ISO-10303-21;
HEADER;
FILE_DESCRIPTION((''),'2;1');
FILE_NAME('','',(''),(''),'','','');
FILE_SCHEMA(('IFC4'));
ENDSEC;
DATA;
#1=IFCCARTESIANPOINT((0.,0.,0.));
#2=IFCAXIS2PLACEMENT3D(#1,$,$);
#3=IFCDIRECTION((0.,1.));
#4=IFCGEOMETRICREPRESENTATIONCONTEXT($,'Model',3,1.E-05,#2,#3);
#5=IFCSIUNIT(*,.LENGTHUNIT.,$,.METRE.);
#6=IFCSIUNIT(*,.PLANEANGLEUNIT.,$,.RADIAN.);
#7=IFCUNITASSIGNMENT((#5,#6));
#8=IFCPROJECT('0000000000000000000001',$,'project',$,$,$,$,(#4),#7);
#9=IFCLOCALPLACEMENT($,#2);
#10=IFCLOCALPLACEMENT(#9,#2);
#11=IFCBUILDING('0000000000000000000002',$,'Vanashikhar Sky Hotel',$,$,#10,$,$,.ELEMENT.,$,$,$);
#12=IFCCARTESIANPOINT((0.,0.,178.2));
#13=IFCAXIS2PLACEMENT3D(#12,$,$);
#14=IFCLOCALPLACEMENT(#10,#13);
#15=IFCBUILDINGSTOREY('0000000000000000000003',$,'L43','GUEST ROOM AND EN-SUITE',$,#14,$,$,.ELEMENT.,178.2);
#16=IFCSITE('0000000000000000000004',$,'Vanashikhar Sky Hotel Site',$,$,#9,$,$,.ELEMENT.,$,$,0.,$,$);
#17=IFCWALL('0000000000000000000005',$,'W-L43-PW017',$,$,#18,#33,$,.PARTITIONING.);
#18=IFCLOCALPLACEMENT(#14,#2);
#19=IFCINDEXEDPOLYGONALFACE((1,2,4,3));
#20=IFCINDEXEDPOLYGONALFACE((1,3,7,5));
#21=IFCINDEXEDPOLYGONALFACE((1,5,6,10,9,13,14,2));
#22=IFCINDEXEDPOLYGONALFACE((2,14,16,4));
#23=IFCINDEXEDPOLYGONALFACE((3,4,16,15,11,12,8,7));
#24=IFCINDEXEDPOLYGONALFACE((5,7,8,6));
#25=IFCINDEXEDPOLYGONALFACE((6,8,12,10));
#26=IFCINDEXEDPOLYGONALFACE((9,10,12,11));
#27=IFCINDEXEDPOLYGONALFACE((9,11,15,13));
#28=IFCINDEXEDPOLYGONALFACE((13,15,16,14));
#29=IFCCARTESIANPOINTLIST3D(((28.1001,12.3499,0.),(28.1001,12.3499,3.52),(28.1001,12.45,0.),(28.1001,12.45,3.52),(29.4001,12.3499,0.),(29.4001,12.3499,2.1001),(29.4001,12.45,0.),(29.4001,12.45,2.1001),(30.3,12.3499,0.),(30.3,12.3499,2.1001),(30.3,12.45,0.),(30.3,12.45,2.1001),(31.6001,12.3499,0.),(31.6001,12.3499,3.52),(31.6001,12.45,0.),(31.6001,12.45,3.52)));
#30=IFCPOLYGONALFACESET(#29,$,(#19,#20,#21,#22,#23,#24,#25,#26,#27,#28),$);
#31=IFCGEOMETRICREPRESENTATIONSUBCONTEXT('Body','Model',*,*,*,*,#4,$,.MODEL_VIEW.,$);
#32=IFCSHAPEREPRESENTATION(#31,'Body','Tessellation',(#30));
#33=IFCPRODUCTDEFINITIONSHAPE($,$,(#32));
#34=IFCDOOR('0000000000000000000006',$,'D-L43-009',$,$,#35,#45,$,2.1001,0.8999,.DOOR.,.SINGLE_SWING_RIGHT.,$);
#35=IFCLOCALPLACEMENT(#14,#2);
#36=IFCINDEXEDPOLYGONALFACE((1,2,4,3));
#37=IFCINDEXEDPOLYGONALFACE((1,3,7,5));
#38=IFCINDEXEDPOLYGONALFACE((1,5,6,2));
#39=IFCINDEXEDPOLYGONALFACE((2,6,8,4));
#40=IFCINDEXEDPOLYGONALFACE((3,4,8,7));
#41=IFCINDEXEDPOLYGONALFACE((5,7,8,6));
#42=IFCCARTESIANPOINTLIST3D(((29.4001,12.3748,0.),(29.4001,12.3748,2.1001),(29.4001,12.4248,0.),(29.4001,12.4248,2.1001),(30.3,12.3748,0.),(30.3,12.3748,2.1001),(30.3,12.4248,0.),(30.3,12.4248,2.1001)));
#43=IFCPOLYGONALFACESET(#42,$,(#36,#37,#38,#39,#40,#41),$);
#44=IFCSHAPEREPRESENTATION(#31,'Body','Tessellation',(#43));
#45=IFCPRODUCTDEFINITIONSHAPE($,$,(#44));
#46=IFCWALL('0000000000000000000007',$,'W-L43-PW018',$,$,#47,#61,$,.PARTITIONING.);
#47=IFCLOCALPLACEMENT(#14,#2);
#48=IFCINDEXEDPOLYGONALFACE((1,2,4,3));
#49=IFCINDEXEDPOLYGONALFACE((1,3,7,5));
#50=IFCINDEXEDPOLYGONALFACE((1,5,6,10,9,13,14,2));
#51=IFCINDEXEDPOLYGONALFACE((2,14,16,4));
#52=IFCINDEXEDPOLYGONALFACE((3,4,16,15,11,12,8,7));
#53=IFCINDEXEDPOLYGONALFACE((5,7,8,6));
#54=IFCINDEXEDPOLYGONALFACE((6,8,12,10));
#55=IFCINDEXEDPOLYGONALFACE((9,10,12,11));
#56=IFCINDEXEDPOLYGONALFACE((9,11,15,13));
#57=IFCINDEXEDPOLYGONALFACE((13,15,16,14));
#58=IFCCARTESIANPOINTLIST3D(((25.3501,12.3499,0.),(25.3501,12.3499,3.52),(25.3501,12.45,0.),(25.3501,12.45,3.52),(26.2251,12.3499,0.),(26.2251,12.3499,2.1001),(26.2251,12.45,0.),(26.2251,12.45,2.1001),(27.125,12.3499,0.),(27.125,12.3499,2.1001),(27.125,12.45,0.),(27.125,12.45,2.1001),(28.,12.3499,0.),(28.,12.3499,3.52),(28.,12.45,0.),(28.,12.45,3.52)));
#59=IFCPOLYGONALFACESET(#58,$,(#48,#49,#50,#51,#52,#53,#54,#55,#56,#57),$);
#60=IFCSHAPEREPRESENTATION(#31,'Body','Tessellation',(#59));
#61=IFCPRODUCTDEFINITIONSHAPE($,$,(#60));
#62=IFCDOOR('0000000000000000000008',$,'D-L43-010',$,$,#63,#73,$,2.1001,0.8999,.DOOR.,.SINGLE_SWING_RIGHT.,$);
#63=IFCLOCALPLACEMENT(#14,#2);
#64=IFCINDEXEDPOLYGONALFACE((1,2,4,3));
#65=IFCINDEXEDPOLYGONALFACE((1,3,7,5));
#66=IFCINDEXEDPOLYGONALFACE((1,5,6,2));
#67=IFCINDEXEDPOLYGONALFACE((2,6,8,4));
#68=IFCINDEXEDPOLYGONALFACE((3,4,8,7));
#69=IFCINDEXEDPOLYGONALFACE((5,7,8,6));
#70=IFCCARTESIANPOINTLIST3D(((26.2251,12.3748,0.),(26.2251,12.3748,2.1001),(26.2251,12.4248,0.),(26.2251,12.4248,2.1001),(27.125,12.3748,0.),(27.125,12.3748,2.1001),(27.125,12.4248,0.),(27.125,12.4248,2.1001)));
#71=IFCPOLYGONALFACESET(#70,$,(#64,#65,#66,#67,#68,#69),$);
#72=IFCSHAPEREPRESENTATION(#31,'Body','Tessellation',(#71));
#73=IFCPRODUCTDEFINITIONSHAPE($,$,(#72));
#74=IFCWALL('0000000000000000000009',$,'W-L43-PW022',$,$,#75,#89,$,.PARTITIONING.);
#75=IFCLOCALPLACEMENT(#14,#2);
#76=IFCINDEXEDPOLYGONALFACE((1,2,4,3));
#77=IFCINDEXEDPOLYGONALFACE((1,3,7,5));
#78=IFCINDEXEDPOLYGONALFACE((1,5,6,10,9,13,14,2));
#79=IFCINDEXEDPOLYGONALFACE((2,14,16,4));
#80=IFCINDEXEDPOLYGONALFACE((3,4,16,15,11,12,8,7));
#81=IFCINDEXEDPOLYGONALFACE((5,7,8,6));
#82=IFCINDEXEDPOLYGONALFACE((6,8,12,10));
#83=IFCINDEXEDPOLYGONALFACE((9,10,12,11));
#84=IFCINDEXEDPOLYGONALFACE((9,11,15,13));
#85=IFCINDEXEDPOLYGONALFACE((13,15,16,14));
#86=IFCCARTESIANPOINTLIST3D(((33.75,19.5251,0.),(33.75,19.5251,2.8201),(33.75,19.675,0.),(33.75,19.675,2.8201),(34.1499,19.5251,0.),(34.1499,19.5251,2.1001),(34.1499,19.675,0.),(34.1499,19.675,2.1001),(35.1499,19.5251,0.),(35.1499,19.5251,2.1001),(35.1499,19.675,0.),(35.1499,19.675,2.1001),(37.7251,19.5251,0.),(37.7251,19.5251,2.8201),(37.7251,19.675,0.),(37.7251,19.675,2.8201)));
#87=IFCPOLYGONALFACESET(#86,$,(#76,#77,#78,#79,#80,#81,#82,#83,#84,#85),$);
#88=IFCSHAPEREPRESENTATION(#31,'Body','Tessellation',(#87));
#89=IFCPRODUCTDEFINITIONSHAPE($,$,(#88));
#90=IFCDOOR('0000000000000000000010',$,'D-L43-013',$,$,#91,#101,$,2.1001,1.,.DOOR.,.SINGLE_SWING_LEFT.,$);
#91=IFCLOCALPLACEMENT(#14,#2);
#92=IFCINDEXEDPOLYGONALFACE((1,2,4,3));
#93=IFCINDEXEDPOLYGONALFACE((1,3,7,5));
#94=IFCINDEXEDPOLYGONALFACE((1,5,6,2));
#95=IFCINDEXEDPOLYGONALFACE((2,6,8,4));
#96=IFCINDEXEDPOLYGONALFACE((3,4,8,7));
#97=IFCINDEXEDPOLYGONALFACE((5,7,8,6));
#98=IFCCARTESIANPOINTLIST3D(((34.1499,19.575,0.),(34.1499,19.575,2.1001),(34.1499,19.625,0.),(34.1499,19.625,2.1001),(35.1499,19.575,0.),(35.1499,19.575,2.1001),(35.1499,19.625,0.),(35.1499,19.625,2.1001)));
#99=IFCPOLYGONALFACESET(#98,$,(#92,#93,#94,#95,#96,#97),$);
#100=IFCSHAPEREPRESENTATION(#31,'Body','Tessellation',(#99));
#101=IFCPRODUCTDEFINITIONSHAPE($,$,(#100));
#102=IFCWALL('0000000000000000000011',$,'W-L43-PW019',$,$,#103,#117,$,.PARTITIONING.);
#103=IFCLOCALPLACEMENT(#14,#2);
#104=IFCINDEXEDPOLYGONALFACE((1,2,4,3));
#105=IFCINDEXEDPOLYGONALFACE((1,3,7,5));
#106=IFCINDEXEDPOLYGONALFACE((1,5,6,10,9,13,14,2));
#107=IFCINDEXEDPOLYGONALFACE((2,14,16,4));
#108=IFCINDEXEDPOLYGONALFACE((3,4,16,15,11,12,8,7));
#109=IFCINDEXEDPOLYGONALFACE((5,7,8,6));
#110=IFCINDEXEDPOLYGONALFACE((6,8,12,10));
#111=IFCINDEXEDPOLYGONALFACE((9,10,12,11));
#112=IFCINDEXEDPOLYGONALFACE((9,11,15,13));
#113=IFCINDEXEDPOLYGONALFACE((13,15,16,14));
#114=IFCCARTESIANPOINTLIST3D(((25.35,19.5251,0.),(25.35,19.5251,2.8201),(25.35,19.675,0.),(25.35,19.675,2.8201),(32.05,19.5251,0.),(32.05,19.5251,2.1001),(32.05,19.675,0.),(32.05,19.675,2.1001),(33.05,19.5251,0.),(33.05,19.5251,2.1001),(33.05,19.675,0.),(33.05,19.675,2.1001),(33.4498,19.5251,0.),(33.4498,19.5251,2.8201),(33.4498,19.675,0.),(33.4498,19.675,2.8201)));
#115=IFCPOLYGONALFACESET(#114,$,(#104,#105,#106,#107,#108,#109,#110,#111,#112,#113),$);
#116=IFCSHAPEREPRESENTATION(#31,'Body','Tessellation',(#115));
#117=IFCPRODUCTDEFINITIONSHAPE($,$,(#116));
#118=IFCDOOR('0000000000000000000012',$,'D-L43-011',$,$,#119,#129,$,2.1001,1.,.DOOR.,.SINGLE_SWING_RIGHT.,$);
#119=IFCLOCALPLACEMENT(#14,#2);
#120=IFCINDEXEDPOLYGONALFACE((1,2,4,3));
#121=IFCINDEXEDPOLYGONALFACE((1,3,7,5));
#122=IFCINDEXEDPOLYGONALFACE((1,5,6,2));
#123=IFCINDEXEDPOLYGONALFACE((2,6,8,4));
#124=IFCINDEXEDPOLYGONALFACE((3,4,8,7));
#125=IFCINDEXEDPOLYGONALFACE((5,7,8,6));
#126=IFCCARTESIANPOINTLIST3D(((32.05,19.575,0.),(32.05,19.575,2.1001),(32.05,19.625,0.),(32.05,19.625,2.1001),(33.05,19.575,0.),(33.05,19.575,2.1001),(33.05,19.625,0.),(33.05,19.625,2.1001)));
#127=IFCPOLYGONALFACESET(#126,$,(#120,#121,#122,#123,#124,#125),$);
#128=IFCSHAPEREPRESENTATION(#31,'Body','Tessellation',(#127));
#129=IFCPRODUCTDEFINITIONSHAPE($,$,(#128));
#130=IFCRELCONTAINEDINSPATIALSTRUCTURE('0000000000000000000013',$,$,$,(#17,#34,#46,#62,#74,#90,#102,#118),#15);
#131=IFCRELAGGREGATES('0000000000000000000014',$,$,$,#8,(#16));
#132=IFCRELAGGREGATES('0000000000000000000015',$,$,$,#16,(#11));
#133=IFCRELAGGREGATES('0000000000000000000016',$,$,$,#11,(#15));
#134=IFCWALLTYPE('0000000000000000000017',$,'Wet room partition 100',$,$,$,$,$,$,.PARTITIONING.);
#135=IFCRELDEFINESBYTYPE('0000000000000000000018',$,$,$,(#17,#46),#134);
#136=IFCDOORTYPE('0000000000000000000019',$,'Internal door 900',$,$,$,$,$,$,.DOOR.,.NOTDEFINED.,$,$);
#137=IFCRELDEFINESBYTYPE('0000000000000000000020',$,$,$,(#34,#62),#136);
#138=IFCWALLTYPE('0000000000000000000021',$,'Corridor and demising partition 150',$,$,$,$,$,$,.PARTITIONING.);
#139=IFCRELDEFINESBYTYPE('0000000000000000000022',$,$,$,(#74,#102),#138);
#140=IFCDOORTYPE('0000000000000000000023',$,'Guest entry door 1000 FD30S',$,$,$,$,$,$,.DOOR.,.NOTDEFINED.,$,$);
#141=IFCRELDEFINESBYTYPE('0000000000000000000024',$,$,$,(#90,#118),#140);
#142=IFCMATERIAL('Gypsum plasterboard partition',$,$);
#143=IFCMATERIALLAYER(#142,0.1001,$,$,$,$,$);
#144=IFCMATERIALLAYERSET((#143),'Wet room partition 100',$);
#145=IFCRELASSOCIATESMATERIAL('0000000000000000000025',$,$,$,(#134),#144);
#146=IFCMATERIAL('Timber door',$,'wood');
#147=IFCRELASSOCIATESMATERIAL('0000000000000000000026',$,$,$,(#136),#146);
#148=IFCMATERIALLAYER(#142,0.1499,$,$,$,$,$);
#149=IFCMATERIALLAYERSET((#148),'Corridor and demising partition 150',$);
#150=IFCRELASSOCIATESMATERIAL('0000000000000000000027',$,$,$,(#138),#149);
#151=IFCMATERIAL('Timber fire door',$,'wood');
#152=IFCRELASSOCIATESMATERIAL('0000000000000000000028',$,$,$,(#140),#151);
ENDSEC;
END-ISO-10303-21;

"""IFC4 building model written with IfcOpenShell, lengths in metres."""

from ifc_helpers import new_model, si_unit, direction, frame, frame_2d, origin, place, context, subcontext, project, spatial, rectangle, extrude, source, transform, mapped, material, layer, layer_set, type_object, element, fill, save


model = new_model("IFC4")

# Units and contexts
model_context = context("Model", 3, precision=1e-05, world=origin(), true_north=direction((0.0, 1.0)))
body_context = subcontext(model_context, "Body", "Model", "MODEL_VIEW")
ifc_project = project(units=[si_unit("LENGTHUNIT", "METRE"), si_unit("PLANEANGLEUNIT", "RADIAN")], contexts=[model_context])

# Site, building, storey
site_placement = place(None, origin())
site = spatial("IfcSite", under=ifc_project, at=site_placement, Name="Vanashikhar Sky Hotel Site", CompositionType="ELEMENT", RefElevation=0.0)
building_placement = place(site_placement, origin())
building = spatial("IfcBuilding", under=site, at=building_placement, Name="Vanashikhar Sky Hotel", CompositionType="ELEMENT")
storey_placement = place(building_placement, frame((0.0, 0.0, 178.2)))
storey = spatial("IfcBuildingStorey", under=building, at=storey_placement, Name="L43", Description="GUEST ROOM AND EN-SUITE", CompositionType="ELEMENT", Elevation=178.2)

# Shared definitions
ifc_material_1 = material(Name="Gypsum plasterboard partition")
ifc_layer_1 = layer(ifc_material_1, 0.1001)
ifc_layer_set_1 = layer_set([ifc_layer_1], Name="Wet room partition 100")
wall_type_1 = type_object("IfcWallType", Name="Wet room partition 100", PredefinedType="PARTITIONING", material=ifc_layer_set_1)

# Walls, openings, doors
shared_shape_1 = source(origin(), body_context, "Body", "SweptSolid", [
    extrude(rectangle(XDim=3.5, YDim=0.1001, at=frame_2d((1.75, 0.0))), origin(), (0.0, 0.0, 1.0), 3.52),
])
wall_1_placement = place(storey_placement, frame((28.1001, 12.3999, 0.0), z_axis=(0.0, 0.0, 1.0), x_axis=(1.0, 0.0, 0.0)))
wall_1 = element("IfcWall", 1, at=wall_1_placement, inside=storey, type_object=wall_type_1, Name="W-L43-PW017", PredefinedType="PARTITIONING", context=body_context, shape_type="MappedRepresentation", body=[
    mapped(shared_shape_1, transform((0.0, 0.0, 0.0), scale=1.0)),
])
shared_shape_2 = source(origin(), body_context, "Body", "SweptSolid", [
    extrude(rectangle(XDim=0.8999, YDim=2.1001, at=frame_2d((0.45, 1.05))), frame((0.0, 0.0601, 0.0), z_axis=(0.0, -1.0, 0.0), x_axis=(1.0, 0.0, 0.0)), (0.0, 0.0, 1.0), 0.1201),
])
opening_1_placement = place(wall_1_placement, frame((1.3, 0.0, 0.0)))
opening_1 = element("IfcOpeningElement", 2, at=opening_1_placement, cuts=wall_1, PredefinedType="OPENING", context=body_context, shape_type="MappedRepresentation", body=[
    mapped(shared_shape_2, transform((0.0, 0.0, 0.0), scale=1.0)),
])
ifc_material_2 = material(Name="Timber door", Category="wood")
door_type_1 = type_object("IfcDoorType", Name="Internal door 900", OperationType="NOTDEFINED", PredefinedType="DOOR", material=ifc_material_2)
shared_shape_3 = source(origin(), body_context, "Body", "SweptSolid", [
    extrude(rectangle(XDim=0.8999, YDim=2.1001, at=frame_2d((0.45, 1.05))), frame((0.0, 0.0249, 0.0), z_axis=(0.0, -1.0, 0.0), x_axis=(1.0, 0.0, 0.0)), (0.0, 0.0, 1.0), 0.05),
])
door_1_placement = place(opening_1_placement, origin())
door_1 = element("IfcDoor", 3, at=door_1_placement, inside=storey, type_object=door_type_1, Name="D-L43-009", OperationType="SINGLE_SWING_RIGHT", OverallHeight=2.1001, OverallWidth=0.8999, PredefinedType="DOOR", context=body_context, shape_type="MappedRepresentation", body=[
    mapped(shared_shape_3, transform((0.0, 0.0, 0.0), scale=1.0)),
])
fill(opening_1, door_1)
shared_shape_4 = source(origin(), body_context, "Body", "SweptSolid", [
    extrude(rectangle(XDim=2.6499, YDim=0.1001, at=frame_2d((1.325, 0.0))), origin(), (0.0, 0.0, 1.0), 3.52),
])
wall_2_placement = place(storey_placement, frame((25.3501, 12.3999, 0.0), z_axis=(0.0, 0.0, 1.0), x_axis=(1.0, 0.0, 0.0)))
wall_2 = element("IfcWall", 4, at=wall_2_placement, inside=storey, type_object=wall_type_1, Name="W-L43-PW018", PredefinedType="PARTITIONING", context=body_context, shape_type="MappedRepresentation", body=[
    mapped(shared_shape_4, transform((0.0, 0.0, 0.0), scale=1.0)),
])
opening_2_placement = place(wall_2_placement, frame((0.875, 0.0, 0.0)))
opening_2 = element("IfcOpeningElement", 5, at=opening_2_placement, cuts=wall_2, PredefinedType="OPENING", context=body_context, shape_type="MappedRepresentation", body=[
    mapped(shared_shape_2, transform((0.0, 0.0, 0.0), scale=1.0)),
])
door_2_placement = place(opening_2_placement, origin())
door_2 = element("IfcDoor", 6, at=door_2_placement, inside=storey, type_object=door_type_1, Name="D-L43-010", OperationType="SINGLE_SWING_RIGHT", OverallHeight=2.1001, OverallWidth=0.8999, PredefinedType="DOOR", context=body_context, shape_type="MappedRepresentation", body=[
    mapped(shared_shape_3, transform((0.0, 0.0, 0.0), scale=1.0)),
])
fill(opening_2, door_2)
ifc_layer_2 = layer(ifc_material_1, 0.1499)
ifc_layer_set_2 = layer_set([ifc_layer_2], Name="Corridor and demising partition 150")
wall_type_2 = type_object("IfcWallType", Name="Corridor and demising partition 150", PredefinedType="PARTITIONING", material=ifc_layer_set_2)
shared_shape_5 = source(origin(), body_context, "Body", "SweptSolid", [
    extrude(rectangle(XDim=3.9751, YDim=0.1499, at=frame_2d((1.9875, 0.0))), origin(), (0.0, 0.0, 1.0), 2.8201),
])
wall_3_placement = place(storey_placement, frame((33.75, 19.6001, 0.0), z_axis=(0.0, 0.0, 1.0), x_axis=(1.0, 0.0, 0.0)))
wall_3 = element("IfcWall", 7, at=wall_3_placement, inside=storey, type_object=wall_type_2, Name="W-L43-PW022", PredefinedType="PARTITIONING", context=body_context, shape_type="MappedRepresentation", body=[
    mapped(shared_shape_5, transform((0.0, 0.0, 0.0), scale=1.0)),
])
shared_shape_6 = source(origin(), body_context, "Body", "SweptSolid", [
    extrude(rectangle(XDim=1.0, YDim=2.1001, at=frame_2d((0.5, 1.05))), frame((0.0, 0.085, 0.0), z_axis=(0.0, -1.0, 0.0), x_axis=(1.0, 0.0, 0.0)), (0.0, 0.0, 1.0), 0.1699),
])
opening_3_placement = place(wall_3_placement, frame((0.3999, 0.0, 0.0)))
opening_3 = element("IfcOpeningElement", 8, at=opening_3_placement, cuts=wall_3, PredefinedType="OPENING", context=body_context, shape_type="MappedRepresentation", body=[
    mapped(shared_shape_6, transform((0.0, 0.0, 0.0), scale=1.0)),
])
ifc_material_3 = material(Name="Timber fire door", Category="wood")
door_type_2 = type_object("IfcDoorType", Name="Guest entry door 1000 FD30S", OperationType="NOTDEFINED", PredefinedType="DOOR", material=ifc_material_3)
shared_shape_7 = source(origin(), body_context, "Body", "SweptSolid", [
    extrude(rectangle(XDim=1.0, YDim=2.1001, at=frame_2d((0.5, 1.05))), frame((0.0, 0.0249, 0.0), z_axis=(0.0, -1.0, 0.0), x_axis=(1.0, 0.0, 0.0)), (0.0, 0.0, 1.0), 0.05),
])
door_3_placement = place(opening_3_placement, origin())
door_3 = element("IfcDoor", 9, at=door_3_placement, inside=storey, type_object=door_type_2, Name="D-L43-013", OperationType="SINGLE_SWING_LEFT", OverallHeight=2.1001, OverallWidth=1.0, PredefinedType="DOOR", context=body_context, shape_type="MappedRepresentation", body=[
    mapped(shared_shape_7, transform((0.0, 0.0, 0.0), scale=1.0)),
])
fill(opening_3, door_3)
shared_shape_8 = source(origin(), body_context, "Body", "SweptSolid", [
    extrude(rectangle(XDim=8.0999, YDim=0.1499, at=frame_2d((4.0498, 0.0))), origin(), (0.0, 0.0, 1.0), 2.8201),
])
wall_4_placement = place(storey_placement, frame((25.3501, 19.6001, 0.0), z_axis=(0.0, 0.0, 1.0), x_axis=(1.0, 0.0, 0.0)))
wall_4 = element("IfcWall", 10, at=wall_4_placement, inside=storey, type_object=wall_type_2, Name="W-L43-PW019", PredefinedType="PARTITIONING", context=body_context, shape_type="MappedRepresentation", body=[
    mapped(shared_shape_8, transform((0.0, 0.0, 0.0), scale=1.0)),
])
opening_4_placement = place(wall_4_placement, frame((6.7, 0.0, 0.0)))
opening_4 = element("IfcOpeningElement", 11, at=opening_4_placement, cuts=wall_4, PredefinedType="OPENING", context=body_context, shape_type="MappedRepresentation", body=[
    mapped(shared_shape_6, transform((0.0, 0.0, 0.0), scale=1.0)),
])
door_4_placement = place(opening_4_placement, origin())
door_4 = element("IfcDoor", 12, at=door_4_placement, inside=storey, type_object=door_type_2, Name="D-L43-011", OperationType="SINGLE_SWING_RIGHT", OverallHeight=2.1001, OverallWidth=1.0, PredefinedType="DOOR", context=body_context, shape_type="MappedRepresentation", body=[
    mapped(shared_shape_7, transform((0.0, 0.0, 0.0), scale=1.0)),
])
fill(opening_4, door_4)

save(model, "model.ifc")
